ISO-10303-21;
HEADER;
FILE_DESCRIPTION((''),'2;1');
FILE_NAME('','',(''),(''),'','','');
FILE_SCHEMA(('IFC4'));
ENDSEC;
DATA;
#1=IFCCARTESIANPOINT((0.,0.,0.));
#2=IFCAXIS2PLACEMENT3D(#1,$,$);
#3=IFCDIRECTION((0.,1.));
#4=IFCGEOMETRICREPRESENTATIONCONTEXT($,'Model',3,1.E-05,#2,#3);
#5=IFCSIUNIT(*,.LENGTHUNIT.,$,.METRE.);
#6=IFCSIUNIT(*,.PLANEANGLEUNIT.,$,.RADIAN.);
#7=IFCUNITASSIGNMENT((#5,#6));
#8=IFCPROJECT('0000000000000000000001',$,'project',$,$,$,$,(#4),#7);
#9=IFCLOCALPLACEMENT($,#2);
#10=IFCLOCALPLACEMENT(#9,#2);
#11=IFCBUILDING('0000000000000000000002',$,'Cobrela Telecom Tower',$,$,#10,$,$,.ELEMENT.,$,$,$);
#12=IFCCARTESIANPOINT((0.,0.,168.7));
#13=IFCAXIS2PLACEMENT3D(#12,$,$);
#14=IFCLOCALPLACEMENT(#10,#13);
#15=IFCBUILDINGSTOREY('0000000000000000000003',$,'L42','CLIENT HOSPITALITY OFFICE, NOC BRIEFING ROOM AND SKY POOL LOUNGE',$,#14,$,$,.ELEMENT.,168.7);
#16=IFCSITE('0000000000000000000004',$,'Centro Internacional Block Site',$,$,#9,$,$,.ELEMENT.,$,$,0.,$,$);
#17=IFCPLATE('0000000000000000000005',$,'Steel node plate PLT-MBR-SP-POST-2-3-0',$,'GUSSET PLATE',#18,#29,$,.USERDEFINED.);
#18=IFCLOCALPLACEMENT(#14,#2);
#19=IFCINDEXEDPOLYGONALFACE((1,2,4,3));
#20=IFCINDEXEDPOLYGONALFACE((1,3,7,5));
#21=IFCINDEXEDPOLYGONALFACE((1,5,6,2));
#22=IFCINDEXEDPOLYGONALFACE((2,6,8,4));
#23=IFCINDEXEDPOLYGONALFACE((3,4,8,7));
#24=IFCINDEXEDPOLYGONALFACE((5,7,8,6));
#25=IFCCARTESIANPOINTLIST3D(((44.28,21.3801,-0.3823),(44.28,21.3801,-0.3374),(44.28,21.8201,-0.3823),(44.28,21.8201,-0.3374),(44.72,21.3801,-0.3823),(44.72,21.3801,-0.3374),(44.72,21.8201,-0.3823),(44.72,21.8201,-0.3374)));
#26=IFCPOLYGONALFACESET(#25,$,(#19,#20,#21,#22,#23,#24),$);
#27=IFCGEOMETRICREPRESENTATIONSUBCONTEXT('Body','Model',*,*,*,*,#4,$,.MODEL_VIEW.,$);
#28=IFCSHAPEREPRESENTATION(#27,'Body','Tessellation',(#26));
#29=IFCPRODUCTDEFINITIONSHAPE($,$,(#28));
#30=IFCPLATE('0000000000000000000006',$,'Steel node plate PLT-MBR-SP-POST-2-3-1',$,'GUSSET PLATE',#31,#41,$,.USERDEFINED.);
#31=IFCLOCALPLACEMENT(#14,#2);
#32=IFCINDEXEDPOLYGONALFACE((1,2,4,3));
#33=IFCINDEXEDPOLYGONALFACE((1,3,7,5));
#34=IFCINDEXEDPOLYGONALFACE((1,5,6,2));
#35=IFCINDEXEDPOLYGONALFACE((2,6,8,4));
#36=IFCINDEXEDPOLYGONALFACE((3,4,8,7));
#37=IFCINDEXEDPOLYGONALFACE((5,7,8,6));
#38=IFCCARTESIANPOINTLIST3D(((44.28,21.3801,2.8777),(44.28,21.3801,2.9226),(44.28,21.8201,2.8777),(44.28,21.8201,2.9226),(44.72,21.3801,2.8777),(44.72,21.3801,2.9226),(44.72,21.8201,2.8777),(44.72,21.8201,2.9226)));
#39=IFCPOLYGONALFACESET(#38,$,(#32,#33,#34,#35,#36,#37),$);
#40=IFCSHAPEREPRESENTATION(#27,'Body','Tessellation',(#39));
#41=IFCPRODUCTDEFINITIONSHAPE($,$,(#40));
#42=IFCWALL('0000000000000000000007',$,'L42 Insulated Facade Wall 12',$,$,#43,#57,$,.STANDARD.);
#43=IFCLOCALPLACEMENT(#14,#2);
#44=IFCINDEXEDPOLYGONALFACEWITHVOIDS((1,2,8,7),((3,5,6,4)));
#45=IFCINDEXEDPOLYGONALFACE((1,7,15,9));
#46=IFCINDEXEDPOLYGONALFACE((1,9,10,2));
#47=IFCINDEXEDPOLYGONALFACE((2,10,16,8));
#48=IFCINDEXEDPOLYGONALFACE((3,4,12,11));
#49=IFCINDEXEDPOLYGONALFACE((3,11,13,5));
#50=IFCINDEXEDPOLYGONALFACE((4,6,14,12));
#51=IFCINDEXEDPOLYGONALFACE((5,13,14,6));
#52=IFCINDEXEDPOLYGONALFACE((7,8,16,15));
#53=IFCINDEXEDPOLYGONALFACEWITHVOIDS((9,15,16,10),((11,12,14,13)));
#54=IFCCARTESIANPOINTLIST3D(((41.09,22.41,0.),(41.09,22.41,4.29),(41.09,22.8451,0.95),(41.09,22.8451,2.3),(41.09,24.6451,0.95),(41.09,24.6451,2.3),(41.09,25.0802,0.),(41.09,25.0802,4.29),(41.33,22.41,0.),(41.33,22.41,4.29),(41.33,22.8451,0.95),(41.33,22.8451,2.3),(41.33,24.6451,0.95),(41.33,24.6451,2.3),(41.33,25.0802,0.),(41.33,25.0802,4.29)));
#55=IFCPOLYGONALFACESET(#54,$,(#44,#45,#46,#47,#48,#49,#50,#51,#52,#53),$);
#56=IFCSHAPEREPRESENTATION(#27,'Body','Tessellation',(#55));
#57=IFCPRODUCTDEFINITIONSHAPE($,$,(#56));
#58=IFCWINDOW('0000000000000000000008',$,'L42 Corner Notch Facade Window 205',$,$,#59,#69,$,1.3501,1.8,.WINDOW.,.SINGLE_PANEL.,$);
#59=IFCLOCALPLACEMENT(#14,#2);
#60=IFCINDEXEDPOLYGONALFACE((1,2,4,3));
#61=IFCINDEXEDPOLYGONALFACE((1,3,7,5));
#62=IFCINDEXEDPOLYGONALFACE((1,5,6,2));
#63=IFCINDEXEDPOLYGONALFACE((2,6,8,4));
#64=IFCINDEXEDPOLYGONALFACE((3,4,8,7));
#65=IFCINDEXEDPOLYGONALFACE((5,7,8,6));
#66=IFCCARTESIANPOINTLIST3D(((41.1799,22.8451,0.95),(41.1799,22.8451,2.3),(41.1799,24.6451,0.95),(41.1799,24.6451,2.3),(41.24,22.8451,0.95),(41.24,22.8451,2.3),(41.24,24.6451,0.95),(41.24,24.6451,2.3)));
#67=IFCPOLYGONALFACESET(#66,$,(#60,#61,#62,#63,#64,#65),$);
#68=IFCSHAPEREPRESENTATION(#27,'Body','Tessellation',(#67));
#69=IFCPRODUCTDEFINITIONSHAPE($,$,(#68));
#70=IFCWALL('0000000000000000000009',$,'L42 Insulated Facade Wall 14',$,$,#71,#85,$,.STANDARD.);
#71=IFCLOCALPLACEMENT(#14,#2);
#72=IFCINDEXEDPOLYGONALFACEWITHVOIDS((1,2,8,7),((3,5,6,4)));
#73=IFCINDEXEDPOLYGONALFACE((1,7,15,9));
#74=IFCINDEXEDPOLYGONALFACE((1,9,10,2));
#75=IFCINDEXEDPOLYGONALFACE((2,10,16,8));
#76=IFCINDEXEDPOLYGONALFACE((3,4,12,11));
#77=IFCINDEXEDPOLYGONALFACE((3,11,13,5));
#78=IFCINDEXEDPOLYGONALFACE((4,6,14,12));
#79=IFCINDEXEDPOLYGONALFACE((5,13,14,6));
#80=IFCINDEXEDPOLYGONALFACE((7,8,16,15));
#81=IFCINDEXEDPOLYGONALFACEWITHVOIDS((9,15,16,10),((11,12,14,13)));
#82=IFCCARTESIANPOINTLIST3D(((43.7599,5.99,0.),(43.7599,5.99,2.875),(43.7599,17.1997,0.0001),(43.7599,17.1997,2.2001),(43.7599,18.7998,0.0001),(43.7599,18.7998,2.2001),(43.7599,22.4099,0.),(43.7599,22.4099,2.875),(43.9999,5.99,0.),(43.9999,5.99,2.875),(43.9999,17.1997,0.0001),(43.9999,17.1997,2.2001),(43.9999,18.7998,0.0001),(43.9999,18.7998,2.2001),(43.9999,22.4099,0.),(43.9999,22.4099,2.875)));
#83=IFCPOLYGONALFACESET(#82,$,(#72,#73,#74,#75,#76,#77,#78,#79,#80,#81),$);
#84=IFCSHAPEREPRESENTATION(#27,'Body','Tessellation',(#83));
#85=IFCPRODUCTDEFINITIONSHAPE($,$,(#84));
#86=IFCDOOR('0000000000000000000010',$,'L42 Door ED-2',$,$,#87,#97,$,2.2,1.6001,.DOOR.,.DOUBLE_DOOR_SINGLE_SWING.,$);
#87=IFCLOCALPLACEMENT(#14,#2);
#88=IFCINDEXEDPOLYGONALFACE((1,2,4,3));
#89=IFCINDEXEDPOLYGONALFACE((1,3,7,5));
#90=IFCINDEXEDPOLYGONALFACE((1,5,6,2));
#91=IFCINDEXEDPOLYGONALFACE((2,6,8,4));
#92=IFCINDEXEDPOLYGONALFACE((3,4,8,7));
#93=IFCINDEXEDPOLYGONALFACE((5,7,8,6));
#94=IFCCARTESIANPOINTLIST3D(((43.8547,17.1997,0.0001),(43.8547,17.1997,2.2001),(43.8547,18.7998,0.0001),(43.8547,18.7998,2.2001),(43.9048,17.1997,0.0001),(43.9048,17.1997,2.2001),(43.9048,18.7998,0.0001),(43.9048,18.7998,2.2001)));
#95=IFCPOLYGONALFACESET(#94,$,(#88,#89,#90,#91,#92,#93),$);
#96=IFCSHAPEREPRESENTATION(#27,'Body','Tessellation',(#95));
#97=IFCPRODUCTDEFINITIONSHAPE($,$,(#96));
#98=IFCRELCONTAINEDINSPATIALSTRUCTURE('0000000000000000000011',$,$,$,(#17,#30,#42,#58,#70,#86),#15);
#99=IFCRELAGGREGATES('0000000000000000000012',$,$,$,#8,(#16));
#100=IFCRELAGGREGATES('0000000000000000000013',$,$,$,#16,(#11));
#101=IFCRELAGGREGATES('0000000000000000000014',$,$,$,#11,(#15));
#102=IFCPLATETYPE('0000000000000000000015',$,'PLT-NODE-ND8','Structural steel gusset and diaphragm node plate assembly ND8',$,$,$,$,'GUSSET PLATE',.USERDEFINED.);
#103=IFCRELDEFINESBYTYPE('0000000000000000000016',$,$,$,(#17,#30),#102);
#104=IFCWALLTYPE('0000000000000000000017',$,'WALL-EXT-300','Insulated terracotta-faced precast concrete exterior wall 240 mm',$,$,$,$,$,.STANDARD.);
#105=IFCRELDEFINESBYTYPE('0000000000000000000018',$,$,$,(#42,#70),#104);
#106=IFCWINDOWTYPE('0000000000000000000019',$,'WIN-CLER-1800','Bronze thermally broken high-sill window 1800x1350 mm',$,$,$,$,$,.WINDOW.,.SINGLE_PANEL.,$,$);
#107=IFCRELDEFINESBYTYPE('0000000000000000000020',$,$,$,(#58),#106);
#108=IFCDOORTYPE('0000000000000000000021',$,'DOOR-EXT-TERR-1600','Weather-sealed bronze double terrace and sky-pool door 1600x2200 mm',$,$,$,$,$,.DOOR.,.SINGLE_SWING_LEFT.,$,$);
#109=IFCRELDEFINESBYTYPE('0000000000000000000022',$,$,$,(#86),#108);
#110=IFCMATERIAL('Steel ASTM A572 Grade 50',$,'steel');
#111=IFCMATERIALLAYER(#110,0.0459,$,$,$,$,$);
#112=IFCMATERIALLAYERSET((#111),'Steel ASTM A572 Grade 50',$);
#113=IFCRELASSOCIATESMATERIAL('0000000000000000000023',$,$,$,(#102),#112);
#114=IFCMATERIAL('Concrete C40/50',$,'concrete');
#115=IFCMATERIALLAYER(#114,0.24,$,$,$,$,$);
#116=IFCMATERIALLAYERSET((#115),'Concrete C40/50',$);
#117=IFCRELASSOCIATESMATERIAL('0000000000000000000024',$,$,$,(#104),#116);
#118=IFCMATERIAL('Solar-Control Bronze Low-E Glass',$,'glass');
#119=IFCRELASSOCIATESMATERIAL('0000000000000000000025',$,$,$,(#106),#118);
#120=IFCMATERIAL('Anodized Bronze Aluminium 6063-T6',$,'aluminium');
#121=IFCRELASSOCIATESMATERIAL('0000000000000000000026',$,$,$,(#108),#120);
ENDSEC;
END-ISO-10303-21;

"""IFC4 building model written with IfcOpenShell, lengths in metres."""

from ifc_helpers import new_model, si_unit, direction, frame, frame_2d, origin, origin_2d, place, context, subcontext, project, spatial, rectangle, extrude, material, layer, layer_set, type_object, element, fill, save


model = new_model("IFC4")

# Units and contexts
model_context = context("Model", 3, precision=1e-05, world=origin(), true_north=direction((0.0, 1.0)))
body_context = subcontext(model_context, "Body", "Model", "MODEL_VIEW")
ifc_project = project(units=[si_unit("LENGTHUNIT", "METRE"), si_unit("PLANEANGLEUNIT", "RADIAN")], contexts=[model_context])

# Site, building, storey
site_placement = place(None, origin())
site = spatial("IfcSite", under=ifc_project, at=site_placement, Name="Centro Internacional Block Site", CompositionType="ELEMENT", RefElevation=0.0)
building_placement = place(site_placement, origin())
building = spatial("IfcBuilding", under=site, at=building_placement, Name="Cobrela Telecom Tower", CompositionType="ELEMENT")
storey_placement = place(building_placement, frame((0.0, 0.0, 168.7)))
storey = spatial("IfcBuildingStorey", under=building, at=storey_placement, Name="L42", Description="CLIENT HOSPITALITY OFFICE, NOC BRIEFING ROOM AND SKY POOL LOUNGE", CompositionType="ELEMENT", Elevation=168.7)

# Shared definitions
ifc_material_1 = material(Name="Steel ASTM A572 Grade 50", Category="steel")

# Shared definitions
ifc_material_2 = material(Name="Anodized Bronze Aluminium 6063-T6", Category="aluminium")

# Plates
ifc_layer_1 = layer(ifc_material_1, 0.0459)
ifc_layer_set_1 = layer_set([ifc_layer_1], Name="Steel ASTM A572 Grade 50")
plate_type = type_object("IfcPlateType", Name="PLT-NODE-ND8", Description="Structural steel gusset and diaphragm node plate assembly ND8", ElementType="GUSSET PLATE", PredefinedType="USERDEFINED", material=ifc_layer_set_1)
for number, where, z_axis, x_axis, name in (
    (1, (44.5, 21.6001, -0.3823), (0.0, 0.0, 1.0), (1.0, 0.0, 0.0), "Steel node plate PLT-MBR-SP-POST-2-3-0"),
    (2, (44.5, 21.6001, 2.8777), (0.0, 0.0, 1.0), (1.0, 0.0, 0.0), "Steel node plate PLT-MBR-SP-POST-2-3-1"),
):
    element("IfcPlate", number, at=place(storey_placement, frame(where, z_axis=z_axis, x_axis=x_axis)), inside=storey, type_object=plate_type, Name=name, ObjectType="GUSSET PLATE", PredefinedType="USERDEFINED", context=body_context, shape_type="SweptSolid", body=[
        extrude(rectangle(XDim=0.4399, YDim=0.4399, at=origin_2d()), origin(), (0.0, 0.0, 1.0), 0.0449),
    ])

# Wall, opening, window
ifc_material_3 = material(Name="Concrete C40/50", Category="concrete")
ifc_layer_2 = layer(ifc_material_3, 0.24)
ifc_layer_set_2 = layer_set([ifc_layer_2], Name="Concrete C40/50")
wall_type = type_object("IfcWallType", Name="WALL-EXT-300", Description="Insulated terracotta-faced precast concrete exterior wall 240 mm", PredefinedType="STANDARD", material=ifc_layer_set_2)
wall_1_placement = place(storey_placement, frame((41.21, 25.0801, 0.0), z_axis=(0.0, 0.0, 1.0), x_axis=(0.0, -1.0, 0.0)))
wall_1 = element("IfcWall", 3, at=wall_1_placement, inside=storey, type_object=wall_type, Name="L42 Insulated Facade Wall 12", PredefinedType="STANDARD", context=body_context, shape_type="SweptSolid", body=[
    extrude(rectangle(XDim=2.6702, YDim=0.24, at=frame_2d((1.335, 0.0))), origin(), (0.0, 0.0, 1.0), 4.29),
])
opening_1_placement = place(wall_1_placement, frame((0.4351, 0.0, 0.95)))
opening_1 = element("IfcOpeningElement", 4, at=opening_1_placement, cuts=wall_1, PredefinedType="OPENING", context=body_context, shape_type="SweptSolid", body=[
    extrude(rectangle(XDim=1.8, YDim=1.3501, at=frame_2d((0.8999, 0.675))), frame((0.0, 0.1318, 0.0), z_axis=(0.0, -1.0, 0.0), x_axis=(1.0, 0.0, 0.0)), (0.0, 0.0, 1.0), 0.2639),
])
ifc_material_4 = material(Name="Solar-Control Bronze Low-E Glass", Category="glass")
window_type = type_object("IfcWindowType", Name="WIN-CLER-1800", Description="Bronze thermally broken high-sill window 1800x1350 mm", PartitioningType="SINGLE_PANEL", PredefinedType="WINDOW", material=ifc_material_4)
window_placement = place(opening_1_placement, origin())
window = element("IfcWindow", 5, at=window_placement, inside=storey, type_object=window_type, Name="L42 Corner Notch Facade Window 205", OverallHeight=1.3501, OverallWidth=1.8, PartitioningType="SINGLE_PANEL", PredefinedType="WINDOW", context=body_context, shape_type="SweptSolid", body=[
    extrude(rectangle(XDim=1.8, YDim=1.3501, at=frame_2d((0.8999, 0.675))), frame((0.0, 0.03, 0.0), z_axis=(0.0, -1.0, 0.0), x_axis=(1.0, 0.0, 0.0)), (0.0, 0.0, 1.0), 0.0601),
])
fill(opening_1, window)

# Wall, opening, door
wall_2_placement = place(storey_placement, frame((43.8799, 22.4099, 0.0), z_axis=(0.0, 0.0, 1.0), x_axis=(0.0, -1.0, 0.0)))
wall_2 = element("IfcWall", 6, at=wall_2_placement, inside=storey, type_object=wall_type, Name="L42 Insulated Facade Wall 14", PredefinedType="STANDARD", context=body_context, shape_type="SweptSolid", body=[
    extrude(rectangle(XDim=16.4199, YDim=0.24, at=frame_2d((8.21, 0.0))), origin(), (0.0, 0.0, 1.0), 2.875),
])
opening_2_placement = place(wall_2_placement, frame((3.6101, 0.0, 0.0)))
opening_2 = element("IfcOpeningElement", 7, at=opening_2_placement, cuts=wall_2, PredefinedType="OPENING", context=body_context, shape_type="SweptSolid", body=[
    extrude(rectangle(XDim=1.6001, YDim=2.2, at=frame_2d((0.8, 1.1001))), frame((0.0, 0.1318, 0.0), z_axis=(0.0, -1.0, 0.0), x_axis=(1.0, 0.0, 0.0)), (0.0, 0.0, 1.0), 0.2639),
])
door_type = type_object("IfcDoorType", Name="DOOR-EXT-TERR-1600", Description="Weather-sealed bronze double terrace and sky-pool door 1600x2200 mm", OperationType="SINGLE_SWING_LEFT", PredefinedType="DOOR", material=ifc_material_2)
door_placement = place(opening_2_placement, origin())
door = element("IfcDoor", 8, at=door_placement, inside=storey, type_object=door_type, Name="L42 Door ED-2", OperationType="DOUBLE_DOOR_SINGLE_SWING", OverallHeight=2.2, OverallWidth=1.6001, PredefinedType="DOOR", context=body_context, shape_type="SweptSolid", body=[
    extrude(rectangle(XDim=1.6001, YDim=2.2, at=frame_2d((0.8, 1.1001))), frame((0.0, 0.0249, 0.0), z_axis=(0.0, -1.0, 0.0), x_axis=(1.0, 0.0, 0.0)), (0.0, 0.0, 1.0), 0.05),
])
fill(opening_2, door)

save(model, "model.ifc")
